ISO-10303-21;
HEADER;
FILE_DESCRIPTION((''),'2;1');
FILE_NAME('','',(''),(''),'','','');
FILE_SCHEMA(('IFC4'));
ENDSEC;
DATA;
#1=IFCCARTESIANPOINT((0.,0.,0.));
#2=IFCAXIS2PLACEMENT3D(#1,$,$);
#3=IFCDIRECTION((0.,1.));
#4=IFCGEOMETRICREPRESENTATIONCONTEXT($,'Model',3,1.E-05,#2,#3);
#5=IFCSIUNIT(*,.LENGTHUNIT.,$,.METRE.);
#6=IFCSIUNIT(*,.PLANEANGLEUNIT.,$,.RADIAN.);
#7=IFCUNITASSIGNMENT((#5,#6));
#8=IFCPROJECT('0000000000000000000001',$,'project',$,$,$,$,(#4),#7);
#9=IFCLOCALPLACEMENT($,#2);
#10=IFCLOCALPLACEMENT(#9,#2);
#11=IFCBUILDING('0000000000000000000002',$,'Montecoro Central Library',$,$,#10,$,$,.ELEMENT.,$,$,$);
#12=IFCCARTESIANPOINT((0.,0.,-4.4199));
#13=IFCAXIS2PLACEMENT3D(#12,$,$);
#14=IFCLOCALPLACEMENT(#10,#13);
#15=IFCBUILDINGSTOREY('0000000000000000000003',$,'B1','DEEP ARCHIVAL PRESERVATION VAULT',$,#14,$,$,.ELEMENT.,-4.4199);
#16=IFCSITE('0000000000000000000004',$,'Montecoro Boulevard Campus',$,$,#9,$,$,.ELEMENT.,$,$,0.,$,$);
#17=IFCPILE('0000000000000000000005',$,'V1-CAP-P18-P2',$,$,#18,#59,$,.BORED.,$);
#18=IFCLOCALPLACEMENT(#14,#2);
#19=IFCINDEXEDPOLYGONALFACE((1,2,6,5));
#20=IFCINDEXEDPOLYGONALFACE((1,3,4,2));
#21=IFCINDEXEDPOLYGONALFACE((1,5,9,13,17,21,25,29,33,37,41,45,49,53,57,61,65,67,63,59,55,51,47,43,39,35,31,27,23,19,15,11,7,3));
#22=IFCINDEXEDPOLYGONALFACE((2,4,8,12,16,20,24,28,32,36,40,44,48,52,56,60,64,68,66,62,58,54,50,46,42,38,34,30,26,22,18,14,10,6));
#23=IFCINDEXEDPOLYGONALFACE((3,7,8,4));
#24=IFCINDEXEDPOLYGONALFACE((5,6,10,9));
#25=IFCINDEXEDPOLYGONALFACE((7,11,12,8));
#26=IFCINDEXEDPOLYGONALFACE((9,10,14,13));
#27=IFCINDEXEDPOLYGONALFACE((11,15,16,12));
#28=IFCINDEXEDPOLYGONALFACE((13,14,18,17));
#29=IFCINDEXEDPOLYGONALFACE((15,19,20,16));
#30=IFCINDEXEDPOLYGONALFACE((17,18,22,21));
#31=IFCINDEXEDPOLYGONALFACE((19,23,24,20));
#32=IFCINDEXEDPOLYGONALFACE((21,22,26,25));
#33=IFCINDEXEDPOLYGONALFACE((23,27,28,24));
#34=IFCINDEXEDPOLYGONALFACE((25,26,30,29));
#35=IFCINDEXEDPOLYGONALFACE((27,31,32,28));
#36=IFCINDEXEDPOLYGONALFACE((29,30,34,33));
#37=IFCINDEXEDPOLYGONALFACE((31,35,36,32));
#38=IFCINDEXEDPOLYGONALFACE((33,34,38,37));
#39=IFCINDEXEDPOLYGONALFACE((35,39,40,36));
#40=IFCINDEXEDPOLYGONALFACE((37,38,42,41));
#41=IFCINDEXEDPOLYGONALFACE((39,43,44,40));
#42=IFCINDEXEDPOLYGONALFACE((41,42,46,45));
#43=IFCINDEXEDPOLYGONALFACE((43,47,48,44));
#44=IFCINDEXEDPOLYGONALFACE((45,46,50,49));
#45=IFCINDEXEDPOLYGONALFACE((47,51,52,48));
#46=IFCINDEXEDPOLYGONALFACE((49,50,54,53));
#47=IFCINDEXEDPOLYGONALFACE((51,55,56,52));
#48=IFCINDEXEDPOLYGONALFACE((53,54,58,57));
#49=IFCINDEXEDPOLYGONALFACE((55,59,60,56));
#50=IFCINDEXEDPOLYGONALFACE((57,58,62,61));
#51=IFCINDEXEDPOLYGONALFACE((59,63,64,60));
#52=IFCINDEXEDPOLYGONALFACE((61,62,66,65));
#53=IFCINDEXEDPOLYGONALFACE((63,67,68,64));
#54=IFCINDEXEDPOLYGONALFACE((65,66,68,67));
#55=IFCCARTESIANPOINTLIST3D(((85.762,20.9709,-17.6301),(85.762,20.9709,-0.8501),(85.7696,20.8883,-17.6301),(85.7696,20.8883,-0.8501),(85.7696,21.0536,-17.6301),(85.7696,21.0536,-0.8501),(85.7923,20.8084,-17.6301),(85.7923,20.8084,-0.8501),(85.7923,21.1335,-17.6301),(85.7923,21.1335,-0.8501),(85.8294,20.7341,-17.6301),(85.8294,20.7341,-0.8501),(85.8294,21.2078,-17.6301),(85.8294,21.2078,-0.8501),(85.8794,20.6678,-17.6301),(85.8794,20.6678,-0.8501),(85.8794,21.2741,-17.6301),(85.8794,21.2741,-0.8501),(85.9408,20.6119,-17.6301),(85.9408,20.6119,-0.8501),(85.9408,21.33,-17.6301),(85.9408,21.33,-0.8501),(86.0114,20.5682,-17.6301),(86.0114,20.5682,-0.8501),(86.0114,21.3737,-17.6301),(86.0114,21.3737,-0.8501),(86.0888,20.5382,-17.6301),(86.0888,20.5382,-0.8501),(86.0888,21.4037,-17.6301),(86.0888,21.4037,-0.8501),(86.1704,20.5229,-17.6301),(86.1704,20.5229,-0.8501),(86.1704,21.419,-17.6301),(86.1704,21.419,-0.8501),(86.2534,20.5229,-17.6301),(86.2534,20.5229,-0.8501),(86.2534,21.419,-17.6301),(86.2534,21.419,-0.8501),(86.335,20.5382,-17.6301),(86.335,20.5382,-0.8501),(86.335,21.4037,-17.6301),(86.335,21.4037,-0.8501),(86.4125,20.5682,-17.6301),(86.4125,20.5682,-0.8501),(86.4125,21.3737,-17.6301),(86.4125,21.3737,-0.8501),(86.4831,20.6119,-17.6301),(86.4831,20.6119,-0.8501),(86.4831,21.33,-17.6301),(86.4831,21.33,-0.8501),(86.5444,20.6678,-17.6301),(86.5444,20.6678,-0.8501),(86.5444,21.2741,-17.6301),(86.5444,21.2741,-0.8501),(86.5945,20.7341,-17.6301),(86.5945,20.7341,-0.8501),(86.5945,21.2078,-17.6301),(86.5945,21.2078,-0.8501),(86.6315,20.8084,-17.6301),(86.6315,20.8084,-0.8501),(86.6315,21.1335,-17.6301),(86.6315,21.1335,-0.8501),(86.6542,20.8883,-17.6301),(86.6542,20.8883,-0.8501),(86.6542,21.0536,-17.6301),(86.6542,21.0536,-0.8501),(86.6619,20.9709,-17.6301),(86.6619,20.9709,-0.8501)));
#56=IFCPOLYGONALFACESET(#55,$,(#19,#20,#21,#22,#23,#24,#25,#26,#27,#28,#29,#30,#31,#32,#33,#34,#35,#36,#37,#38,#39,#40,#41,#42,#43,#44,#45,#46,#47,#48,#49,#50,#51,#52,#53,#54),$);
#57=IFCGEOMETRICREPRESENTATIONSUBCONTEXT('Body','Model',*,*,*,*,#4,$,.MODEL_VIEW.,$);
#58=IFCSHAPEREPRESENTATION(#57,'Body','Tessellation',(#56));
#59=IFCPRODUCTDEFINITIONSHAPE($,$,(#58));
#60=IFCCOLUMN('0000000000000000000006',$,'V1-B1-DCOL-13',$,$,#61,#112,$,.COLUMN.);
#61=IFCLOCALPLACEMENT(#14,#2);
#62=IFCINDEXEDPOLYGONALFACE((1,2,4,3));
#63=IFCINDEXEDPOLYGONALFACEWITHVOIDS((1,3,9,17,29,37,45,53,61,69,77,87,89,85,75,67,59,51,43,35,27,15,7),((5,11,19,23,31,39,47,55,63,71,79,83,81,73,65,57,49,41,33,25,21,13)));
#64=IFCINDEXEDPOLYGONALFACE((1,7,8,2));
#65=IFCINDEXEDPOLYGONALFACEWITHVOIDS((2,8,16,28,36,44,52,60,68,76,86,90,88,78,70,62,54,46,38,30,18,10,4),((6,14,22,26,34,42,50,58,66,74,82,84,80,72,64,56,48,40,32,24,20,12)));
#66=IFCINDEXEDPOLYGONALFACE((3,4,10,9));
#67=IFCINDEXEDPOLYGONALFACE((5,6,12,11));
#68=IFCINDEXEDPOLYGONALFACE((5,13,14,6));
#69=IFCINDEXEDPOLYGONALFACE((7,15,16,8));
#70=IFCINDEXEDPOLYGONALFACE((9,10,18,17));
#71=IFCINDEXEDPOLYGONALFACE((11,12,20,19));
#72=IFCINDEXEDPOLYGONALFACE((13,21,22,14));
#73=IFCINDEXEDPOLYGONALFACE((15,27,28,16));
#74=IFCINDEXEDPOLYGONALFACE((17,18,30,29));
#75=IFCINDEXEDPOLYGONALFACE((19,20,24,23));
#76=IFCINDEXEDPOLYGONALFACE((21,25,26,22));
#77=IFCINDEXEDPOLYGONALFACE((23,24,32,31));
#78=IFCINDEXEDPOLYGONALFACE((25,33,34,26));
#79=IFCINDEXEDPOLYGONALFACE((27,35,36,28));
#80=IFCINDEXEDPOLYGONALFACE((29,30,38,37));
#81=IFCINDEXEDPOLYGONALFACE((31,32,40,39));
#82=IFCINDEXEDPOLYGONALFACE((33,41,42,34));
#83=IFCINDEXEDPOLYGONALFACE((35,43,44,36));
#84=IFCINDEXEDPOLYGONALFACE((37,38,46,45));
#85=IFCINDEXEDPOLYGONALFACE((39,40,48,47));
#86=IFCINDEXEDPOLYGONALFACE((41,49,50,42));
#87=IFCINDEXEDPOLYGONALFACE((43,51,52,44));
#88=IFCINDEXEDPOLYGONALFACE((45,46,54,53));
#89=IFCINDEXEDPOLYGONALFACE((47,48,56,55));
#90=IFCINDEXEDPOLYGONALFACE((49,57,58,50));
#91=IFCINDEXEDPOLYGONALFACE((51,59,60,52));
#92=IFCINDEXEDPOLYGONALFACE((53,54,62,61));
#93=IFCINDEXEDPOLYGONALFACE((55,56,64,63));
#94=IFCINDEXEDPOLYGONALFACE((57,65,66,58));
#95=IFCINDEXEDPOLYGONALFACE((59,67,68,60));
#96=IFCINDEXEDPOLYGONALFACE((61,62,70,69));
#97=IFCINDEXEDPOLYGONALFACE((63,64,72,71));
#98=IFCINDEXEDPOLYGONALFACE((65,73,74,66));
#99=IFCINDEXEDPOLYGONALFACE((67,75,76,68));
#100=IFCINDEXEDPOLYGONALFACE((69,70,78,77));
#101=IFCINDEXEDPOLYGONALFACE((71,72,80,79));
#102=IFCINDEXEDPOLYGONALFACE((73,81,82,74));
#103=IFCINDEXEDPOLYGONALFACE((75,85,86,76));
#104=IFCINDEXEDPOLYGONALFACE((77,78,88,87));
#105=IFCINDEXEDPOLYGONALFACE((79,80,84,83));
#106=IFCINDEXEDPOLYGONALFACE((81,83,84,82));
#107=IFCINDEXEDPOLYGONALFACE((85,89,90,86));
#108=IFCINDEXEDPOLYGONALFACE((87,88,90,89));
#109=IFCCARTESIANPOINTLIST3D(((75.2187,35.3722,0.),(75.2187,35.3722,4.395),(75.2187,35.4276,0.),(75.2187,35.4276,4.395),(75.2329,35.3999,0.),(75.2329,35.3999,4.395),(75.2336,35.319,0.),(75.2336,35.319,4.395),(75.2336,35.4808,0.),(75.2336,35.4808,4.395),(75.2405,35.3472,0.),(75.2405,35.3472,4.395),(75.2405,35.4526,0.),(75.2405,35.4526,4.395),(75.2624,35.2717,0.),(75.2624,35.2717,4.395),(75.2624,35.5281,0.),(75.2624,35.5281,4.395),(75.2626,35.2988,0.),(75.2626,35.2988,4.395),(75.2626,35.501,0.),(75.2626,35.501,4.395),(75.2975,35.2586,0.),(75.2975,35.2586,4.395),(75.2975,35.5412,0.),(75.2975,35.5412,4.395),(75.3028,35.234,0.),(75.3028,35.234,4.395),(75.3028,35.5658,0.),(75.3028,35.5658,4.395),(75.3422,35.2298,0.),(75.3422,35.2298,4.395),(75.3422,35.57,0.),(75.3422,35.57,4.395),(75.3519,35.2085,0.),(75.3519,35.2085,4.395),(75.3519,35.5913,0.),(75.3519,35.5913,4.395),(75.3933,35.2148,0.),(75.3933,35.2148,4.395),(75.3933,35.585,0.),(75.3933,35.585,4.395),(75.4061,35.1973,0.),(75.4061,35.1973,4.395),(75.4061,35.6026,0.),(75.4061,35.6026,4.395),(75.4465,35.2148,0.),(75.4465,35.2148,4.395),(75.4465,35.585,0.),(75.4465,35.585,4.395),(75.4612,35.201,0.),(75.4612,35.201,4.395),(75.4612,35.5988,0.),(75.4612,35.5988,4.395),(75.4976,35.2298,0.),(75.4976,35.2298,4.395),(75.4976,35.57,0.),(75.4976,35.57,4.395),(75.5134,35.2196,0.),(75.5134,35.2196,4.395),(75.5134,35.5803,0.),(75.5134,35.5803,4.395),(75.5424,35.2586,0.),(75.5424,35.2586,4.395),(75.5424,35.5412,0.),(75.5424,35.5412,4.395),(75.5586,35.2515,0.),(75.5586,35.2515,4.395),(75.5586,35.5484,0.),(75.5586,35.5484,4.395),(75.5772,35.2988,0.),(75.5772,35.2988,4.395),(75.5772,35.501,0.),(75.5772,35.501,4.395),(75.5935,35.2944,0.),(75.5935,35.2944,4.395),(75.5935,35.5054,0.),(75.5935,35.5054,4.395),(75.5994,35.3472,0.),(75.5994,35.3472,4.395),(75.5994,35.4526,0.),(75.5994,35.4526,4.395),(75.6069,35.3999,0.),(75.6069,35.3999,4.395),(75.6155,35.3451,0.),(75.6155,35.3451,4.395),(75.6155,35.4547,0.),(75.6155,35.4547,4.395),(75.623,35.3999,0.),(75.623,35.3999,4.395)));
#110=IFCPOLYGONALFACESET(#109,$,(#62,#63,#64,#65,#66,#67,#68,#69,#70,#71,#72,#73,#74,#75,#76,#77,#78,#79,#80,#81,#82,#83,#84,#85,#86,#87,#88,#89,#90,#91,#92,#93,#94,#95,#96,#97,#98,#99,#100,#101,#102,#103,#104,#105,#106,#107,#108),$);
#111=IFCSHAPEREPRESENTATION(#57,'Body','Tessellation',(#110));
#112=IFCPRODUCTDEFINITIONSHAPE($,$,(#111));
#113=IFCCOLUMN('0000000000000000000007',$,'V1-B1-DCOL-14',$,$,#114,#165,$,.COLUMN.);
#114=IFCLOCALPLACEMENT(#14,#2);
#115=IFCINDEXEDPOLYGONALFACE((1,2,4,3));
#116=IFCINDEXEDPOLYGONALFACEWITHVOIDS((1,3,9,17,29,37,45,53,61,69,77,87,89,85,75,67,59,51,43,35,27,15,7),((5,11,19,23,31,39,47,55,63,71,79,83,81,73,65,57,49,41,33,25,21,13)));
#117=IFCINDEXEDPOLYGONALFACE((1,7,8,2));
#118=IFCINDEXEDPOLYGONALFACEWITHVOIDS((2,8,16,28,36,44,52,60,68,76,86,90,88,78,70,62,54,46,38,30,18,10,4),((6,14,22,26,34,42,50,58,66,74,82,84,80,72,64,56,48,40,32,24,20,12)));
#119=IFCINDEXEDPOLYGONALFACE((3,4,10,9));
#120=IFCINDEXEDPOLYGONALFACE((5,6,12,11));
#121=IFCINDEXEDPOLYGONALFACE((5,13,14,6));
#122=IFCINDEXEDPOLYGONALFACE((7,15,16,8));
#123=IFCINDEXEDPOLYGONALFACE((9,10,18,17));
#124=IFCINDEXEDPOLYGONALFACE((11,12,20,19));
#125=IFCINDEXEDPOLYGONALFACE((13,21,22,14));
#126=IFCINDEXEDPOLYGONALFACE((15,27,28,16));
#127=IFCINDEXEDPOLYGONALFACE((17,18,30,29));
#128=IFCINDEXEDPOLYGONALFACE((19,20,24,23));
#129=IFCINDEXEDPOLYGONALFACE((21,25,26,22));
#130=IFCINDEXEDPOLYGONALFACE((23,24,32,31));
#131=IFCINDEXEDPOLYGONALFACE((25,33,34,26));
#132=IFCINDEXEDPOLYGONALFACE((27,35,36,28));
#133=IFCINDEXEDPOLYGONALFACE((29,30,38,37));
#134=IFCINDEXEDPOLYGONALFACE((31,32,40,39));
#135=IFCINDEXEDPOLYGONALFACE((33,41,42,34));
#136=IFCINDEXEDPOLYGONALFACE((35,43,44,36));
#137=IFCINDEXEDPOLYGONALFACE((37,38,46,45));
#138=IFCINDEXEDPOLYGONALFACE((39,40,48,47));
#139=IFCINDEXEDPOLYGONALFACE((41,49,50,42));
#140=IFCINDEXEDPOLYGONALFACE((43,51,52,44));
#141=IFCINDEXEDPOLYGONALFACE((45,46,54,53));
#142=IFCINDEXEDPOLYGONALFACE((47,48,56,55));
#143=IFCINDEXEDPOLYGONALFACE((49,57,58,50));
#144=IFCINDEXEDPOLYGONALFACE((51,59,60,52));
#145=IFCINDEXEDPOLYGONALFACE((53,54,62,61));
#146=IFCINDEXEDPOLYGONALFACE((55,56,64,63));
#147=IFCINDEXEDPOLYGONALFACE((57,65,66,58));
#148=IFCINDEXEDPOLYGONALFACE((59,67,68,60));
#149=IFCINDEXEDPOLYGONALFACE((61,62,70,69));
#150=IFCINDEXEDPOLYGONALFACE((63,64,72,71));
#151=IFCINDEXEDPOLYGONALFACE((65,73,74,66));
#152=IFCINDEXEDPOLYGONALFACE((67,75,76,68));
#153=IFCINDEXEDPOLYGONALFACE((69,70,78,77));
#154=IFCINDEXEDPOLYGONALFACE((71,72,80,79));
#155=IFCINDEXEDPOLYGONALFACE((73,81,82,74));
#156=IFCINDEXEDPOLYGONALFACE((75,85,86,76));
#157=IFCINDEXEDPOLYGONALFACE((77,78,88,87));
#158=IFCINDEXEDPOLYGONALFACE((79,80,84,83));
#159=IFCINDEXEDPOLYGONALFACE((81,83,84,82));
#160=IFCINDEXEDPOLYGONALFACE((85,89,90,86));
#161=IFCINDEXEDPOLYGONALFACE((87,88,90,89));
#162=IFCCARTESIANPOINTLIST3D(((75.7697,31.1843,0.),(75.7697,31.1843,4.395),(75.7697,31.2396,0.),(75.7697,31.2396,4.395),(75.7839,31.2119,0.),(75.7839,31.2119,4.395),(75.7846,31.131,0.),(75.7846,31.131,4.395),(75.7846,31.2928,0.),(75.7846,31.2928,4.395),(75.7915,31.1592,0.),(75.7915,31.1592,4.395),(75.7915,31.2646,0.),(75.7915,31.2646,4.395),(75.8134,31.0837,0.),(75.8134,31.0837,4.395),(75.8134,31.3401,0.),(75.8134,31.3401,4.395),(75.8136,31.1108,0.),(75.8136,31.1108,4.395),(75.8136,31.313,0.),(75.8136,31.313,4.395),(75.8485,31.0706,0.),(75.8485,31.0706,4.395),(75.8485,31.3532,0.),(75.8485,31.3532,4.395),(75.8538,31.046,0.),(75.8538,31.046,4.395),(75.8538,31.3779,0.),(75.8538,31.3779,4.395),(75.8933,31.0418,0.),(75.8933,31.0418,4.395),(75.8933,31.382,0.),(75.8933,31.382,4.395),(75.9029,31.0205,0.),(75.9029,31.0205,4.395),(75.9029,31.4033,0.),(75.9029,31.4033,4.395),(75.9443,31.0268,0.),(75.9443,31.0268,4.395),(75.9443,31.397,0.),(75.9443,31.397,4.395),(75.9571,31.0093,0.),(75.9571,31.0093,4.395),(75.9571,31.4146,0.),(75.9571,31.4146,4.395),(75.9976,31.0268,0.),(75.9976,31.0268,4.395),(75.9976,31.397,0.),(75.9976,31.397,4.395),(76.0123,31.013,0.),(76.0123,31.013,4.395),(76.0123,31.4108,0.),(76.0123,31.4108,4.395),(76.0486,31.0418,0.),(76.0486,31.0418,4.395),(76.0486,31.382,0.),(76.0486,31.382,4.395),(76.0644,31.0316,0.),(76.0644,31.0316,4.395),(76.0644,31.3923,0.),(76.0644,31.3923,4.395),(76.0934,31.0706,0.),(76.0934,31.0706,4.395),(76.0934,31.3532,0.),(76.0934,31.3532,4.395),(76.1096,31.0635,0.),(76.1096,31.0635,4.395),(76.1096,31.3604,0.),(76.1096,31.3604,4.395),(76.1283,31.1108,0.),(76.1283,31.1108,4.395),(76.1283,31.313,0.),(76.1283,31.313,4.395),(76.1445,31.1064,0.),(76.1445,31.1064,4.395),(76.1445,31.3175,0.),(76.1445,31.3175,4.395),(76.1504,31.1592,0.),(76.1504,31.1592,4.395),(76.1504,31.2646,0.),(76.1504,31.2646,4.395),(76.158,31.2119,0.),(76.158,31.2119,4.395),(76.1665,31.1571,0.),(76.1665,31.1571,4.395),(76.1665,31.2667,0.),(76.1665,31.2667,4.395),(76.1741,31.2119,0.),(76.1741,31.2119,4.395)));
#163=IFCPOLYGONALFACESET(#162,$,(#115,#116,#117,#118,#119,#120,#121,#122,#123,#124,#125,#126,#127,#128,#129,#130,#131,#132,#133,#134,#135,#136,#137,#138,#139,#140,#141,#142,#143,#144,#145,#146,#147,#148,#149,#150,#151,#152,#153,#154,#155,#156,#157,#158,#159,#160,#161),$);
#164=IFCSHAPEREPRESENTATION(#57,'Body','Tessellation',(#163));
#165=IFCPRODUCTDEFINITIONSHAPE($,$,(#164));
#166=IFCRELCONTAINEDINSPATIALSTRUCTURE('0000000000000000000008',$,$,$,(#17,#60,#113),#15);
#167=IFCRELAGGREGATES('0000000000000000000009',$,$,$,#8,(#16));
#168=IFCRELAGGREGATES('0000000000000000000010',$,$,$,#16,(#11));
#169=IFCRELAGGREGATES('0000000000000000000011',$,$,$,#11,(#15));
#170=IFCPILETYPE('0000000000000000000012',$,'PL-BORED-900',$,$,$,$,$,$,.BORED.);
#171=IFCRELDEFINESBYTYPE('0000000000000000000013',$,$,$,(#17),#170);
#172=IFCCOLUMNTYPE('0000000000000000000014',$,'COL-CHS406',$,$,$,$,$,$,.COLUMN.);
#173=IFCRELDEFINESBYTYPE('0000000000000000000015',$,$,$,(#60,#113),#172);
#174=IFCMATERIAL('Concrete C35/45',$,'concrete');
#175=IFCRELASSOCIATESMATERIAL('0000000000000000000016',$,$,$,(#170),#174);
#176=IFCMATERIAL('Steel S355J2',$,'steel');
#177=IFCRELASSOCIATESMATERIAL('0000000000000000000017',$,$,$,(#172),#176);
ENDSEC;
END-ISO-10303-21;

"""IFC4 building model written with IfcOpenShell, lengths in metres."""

from ifc_helpers import new_model, si_unit, direction, frame, origin, origin_2d, place, context, subcontext, project, spatial, circle, hollow_circle, extrude, material, material_profile, profile_set, type_object, element, save


model = new_model("IFC4")

# Units and contexts
model_context = context("Model", 3, precision=1e-05, world=origin(), true_north=direction((0.0, 1.0)))
body_context = subcontext(model_context, "Body", "Model", "MODEL_VIEW")
ifc_project = project(units=[si_unit("LENGTHUNIT", "METRE"), si_unit("PLANEANGLEUNIT", "RADIAN")], contexts=[model_context])

# Site, building, storey
site_placement = place(None, origin())
site = spatial("IfcSite", under=ifc_project, at=site_placement, Name="Montecoro Boulevard Campus", CompositionType="ELEMENT", RefElevation=0.0)
building_placement = place(site_placement, origin())
building = spatial("IfcBuilding", under=site, at=building_placement, Name="Montecoro Central Library", CompositionType="ELEMENT")
storey_placement = place(building_placement, frame((0.0, 0.0, -4.4199)))
storey = spatial("IfcBuildingStorey", under=building, at=storey_placement, Name="B1", Description="DEEP ARCHIVAL PRESERVATION VAULT", CompositionType="ELEMENT", Elevation=-4.4199)

# Shared definitions
ifc_material_1 = material(Name="Concrete C35/45", Category="concrete")

# Pile
ifc_material_profile_1 = material_profile(ifc_material_1, circle(Radius=0.45, at=origin_2d()), Name="PILE D900")
ifc_profile_set_1 = profile_set([ifc_material_profile_1], Name="Concrete C35/45")
pile_type_1 = type_object("IfcPileType", Name="PL-BORED-900", PredefinedType="BORED", material=ifc_profile_set_1)
for number, where, z_axis, x_axis, name in (
    (1, (86.2119, 20.9709, -0.8501), (0.0, 0.0, -1.0), (1.0, 0.0, 0.0), "V1-CAP-P18-P2"),
):
    element("IfcPile", number, at=place(storey_placement, frame(where, z_axis=z_axis, x_axis=x_axis)), inside=storey, type_object=pile_type_1, Name=name, PredefinedType="BORED", context=body_context, shape_type="SweptSolid", body=[
        extrude(circle(Radius=0.45, at=origin_2d()), origin(), (0.0, 0.0, 1.0), 16.78),
    ])

# Columns
ifc_material_2 = material(Name="Steel S355J2", Category="steel")
ifc_material_profile_2 = material_profile(ifc_material_2, hollow_circle(Radius=0.2031, WallThickness=0.0161, at=origin_2d()), Name="CHS 406.4x16.0")
ifc_profile_set_2 = profile_set([ifc_material_profile_2], Name="Steel S355J2")
column_type = type_object("IfcColumnType", Name="COL-CHS406", PredefinedType="COLUMN", material=ifc_profile_set_2)
for number, where, z_axis, x_axis, name in (
    (2, (75.4199, 35.3999, 0.0), (0.0, 0.0, 1.0), (1.0, 0.0, 0.0), "V1-B1-DCOL-13"),
    (3, (75.9709, 31.2119, 0.0), (0.0, 0.0, 1.0), (1.0, 0.0, 0.0), "V1-B1-DCOL-14"),
):
    element("IfcColumn", number, at=place(storey_placement, frame(where, z_axis=z_axis, x_axis=x_axis)), inside=storey, type_object=column_type, Name=name, PredefinedType="COLUMN", context=body_context, shape_type="SweptSolid", body=[
        extrude(hollow_circle(Radius=0.2031, WallThickness=0.0161, at=origin_2d()), origin(), (0.0, 0.0, 1.0), 4.395),
    ])

save(model, "model.ifc")
